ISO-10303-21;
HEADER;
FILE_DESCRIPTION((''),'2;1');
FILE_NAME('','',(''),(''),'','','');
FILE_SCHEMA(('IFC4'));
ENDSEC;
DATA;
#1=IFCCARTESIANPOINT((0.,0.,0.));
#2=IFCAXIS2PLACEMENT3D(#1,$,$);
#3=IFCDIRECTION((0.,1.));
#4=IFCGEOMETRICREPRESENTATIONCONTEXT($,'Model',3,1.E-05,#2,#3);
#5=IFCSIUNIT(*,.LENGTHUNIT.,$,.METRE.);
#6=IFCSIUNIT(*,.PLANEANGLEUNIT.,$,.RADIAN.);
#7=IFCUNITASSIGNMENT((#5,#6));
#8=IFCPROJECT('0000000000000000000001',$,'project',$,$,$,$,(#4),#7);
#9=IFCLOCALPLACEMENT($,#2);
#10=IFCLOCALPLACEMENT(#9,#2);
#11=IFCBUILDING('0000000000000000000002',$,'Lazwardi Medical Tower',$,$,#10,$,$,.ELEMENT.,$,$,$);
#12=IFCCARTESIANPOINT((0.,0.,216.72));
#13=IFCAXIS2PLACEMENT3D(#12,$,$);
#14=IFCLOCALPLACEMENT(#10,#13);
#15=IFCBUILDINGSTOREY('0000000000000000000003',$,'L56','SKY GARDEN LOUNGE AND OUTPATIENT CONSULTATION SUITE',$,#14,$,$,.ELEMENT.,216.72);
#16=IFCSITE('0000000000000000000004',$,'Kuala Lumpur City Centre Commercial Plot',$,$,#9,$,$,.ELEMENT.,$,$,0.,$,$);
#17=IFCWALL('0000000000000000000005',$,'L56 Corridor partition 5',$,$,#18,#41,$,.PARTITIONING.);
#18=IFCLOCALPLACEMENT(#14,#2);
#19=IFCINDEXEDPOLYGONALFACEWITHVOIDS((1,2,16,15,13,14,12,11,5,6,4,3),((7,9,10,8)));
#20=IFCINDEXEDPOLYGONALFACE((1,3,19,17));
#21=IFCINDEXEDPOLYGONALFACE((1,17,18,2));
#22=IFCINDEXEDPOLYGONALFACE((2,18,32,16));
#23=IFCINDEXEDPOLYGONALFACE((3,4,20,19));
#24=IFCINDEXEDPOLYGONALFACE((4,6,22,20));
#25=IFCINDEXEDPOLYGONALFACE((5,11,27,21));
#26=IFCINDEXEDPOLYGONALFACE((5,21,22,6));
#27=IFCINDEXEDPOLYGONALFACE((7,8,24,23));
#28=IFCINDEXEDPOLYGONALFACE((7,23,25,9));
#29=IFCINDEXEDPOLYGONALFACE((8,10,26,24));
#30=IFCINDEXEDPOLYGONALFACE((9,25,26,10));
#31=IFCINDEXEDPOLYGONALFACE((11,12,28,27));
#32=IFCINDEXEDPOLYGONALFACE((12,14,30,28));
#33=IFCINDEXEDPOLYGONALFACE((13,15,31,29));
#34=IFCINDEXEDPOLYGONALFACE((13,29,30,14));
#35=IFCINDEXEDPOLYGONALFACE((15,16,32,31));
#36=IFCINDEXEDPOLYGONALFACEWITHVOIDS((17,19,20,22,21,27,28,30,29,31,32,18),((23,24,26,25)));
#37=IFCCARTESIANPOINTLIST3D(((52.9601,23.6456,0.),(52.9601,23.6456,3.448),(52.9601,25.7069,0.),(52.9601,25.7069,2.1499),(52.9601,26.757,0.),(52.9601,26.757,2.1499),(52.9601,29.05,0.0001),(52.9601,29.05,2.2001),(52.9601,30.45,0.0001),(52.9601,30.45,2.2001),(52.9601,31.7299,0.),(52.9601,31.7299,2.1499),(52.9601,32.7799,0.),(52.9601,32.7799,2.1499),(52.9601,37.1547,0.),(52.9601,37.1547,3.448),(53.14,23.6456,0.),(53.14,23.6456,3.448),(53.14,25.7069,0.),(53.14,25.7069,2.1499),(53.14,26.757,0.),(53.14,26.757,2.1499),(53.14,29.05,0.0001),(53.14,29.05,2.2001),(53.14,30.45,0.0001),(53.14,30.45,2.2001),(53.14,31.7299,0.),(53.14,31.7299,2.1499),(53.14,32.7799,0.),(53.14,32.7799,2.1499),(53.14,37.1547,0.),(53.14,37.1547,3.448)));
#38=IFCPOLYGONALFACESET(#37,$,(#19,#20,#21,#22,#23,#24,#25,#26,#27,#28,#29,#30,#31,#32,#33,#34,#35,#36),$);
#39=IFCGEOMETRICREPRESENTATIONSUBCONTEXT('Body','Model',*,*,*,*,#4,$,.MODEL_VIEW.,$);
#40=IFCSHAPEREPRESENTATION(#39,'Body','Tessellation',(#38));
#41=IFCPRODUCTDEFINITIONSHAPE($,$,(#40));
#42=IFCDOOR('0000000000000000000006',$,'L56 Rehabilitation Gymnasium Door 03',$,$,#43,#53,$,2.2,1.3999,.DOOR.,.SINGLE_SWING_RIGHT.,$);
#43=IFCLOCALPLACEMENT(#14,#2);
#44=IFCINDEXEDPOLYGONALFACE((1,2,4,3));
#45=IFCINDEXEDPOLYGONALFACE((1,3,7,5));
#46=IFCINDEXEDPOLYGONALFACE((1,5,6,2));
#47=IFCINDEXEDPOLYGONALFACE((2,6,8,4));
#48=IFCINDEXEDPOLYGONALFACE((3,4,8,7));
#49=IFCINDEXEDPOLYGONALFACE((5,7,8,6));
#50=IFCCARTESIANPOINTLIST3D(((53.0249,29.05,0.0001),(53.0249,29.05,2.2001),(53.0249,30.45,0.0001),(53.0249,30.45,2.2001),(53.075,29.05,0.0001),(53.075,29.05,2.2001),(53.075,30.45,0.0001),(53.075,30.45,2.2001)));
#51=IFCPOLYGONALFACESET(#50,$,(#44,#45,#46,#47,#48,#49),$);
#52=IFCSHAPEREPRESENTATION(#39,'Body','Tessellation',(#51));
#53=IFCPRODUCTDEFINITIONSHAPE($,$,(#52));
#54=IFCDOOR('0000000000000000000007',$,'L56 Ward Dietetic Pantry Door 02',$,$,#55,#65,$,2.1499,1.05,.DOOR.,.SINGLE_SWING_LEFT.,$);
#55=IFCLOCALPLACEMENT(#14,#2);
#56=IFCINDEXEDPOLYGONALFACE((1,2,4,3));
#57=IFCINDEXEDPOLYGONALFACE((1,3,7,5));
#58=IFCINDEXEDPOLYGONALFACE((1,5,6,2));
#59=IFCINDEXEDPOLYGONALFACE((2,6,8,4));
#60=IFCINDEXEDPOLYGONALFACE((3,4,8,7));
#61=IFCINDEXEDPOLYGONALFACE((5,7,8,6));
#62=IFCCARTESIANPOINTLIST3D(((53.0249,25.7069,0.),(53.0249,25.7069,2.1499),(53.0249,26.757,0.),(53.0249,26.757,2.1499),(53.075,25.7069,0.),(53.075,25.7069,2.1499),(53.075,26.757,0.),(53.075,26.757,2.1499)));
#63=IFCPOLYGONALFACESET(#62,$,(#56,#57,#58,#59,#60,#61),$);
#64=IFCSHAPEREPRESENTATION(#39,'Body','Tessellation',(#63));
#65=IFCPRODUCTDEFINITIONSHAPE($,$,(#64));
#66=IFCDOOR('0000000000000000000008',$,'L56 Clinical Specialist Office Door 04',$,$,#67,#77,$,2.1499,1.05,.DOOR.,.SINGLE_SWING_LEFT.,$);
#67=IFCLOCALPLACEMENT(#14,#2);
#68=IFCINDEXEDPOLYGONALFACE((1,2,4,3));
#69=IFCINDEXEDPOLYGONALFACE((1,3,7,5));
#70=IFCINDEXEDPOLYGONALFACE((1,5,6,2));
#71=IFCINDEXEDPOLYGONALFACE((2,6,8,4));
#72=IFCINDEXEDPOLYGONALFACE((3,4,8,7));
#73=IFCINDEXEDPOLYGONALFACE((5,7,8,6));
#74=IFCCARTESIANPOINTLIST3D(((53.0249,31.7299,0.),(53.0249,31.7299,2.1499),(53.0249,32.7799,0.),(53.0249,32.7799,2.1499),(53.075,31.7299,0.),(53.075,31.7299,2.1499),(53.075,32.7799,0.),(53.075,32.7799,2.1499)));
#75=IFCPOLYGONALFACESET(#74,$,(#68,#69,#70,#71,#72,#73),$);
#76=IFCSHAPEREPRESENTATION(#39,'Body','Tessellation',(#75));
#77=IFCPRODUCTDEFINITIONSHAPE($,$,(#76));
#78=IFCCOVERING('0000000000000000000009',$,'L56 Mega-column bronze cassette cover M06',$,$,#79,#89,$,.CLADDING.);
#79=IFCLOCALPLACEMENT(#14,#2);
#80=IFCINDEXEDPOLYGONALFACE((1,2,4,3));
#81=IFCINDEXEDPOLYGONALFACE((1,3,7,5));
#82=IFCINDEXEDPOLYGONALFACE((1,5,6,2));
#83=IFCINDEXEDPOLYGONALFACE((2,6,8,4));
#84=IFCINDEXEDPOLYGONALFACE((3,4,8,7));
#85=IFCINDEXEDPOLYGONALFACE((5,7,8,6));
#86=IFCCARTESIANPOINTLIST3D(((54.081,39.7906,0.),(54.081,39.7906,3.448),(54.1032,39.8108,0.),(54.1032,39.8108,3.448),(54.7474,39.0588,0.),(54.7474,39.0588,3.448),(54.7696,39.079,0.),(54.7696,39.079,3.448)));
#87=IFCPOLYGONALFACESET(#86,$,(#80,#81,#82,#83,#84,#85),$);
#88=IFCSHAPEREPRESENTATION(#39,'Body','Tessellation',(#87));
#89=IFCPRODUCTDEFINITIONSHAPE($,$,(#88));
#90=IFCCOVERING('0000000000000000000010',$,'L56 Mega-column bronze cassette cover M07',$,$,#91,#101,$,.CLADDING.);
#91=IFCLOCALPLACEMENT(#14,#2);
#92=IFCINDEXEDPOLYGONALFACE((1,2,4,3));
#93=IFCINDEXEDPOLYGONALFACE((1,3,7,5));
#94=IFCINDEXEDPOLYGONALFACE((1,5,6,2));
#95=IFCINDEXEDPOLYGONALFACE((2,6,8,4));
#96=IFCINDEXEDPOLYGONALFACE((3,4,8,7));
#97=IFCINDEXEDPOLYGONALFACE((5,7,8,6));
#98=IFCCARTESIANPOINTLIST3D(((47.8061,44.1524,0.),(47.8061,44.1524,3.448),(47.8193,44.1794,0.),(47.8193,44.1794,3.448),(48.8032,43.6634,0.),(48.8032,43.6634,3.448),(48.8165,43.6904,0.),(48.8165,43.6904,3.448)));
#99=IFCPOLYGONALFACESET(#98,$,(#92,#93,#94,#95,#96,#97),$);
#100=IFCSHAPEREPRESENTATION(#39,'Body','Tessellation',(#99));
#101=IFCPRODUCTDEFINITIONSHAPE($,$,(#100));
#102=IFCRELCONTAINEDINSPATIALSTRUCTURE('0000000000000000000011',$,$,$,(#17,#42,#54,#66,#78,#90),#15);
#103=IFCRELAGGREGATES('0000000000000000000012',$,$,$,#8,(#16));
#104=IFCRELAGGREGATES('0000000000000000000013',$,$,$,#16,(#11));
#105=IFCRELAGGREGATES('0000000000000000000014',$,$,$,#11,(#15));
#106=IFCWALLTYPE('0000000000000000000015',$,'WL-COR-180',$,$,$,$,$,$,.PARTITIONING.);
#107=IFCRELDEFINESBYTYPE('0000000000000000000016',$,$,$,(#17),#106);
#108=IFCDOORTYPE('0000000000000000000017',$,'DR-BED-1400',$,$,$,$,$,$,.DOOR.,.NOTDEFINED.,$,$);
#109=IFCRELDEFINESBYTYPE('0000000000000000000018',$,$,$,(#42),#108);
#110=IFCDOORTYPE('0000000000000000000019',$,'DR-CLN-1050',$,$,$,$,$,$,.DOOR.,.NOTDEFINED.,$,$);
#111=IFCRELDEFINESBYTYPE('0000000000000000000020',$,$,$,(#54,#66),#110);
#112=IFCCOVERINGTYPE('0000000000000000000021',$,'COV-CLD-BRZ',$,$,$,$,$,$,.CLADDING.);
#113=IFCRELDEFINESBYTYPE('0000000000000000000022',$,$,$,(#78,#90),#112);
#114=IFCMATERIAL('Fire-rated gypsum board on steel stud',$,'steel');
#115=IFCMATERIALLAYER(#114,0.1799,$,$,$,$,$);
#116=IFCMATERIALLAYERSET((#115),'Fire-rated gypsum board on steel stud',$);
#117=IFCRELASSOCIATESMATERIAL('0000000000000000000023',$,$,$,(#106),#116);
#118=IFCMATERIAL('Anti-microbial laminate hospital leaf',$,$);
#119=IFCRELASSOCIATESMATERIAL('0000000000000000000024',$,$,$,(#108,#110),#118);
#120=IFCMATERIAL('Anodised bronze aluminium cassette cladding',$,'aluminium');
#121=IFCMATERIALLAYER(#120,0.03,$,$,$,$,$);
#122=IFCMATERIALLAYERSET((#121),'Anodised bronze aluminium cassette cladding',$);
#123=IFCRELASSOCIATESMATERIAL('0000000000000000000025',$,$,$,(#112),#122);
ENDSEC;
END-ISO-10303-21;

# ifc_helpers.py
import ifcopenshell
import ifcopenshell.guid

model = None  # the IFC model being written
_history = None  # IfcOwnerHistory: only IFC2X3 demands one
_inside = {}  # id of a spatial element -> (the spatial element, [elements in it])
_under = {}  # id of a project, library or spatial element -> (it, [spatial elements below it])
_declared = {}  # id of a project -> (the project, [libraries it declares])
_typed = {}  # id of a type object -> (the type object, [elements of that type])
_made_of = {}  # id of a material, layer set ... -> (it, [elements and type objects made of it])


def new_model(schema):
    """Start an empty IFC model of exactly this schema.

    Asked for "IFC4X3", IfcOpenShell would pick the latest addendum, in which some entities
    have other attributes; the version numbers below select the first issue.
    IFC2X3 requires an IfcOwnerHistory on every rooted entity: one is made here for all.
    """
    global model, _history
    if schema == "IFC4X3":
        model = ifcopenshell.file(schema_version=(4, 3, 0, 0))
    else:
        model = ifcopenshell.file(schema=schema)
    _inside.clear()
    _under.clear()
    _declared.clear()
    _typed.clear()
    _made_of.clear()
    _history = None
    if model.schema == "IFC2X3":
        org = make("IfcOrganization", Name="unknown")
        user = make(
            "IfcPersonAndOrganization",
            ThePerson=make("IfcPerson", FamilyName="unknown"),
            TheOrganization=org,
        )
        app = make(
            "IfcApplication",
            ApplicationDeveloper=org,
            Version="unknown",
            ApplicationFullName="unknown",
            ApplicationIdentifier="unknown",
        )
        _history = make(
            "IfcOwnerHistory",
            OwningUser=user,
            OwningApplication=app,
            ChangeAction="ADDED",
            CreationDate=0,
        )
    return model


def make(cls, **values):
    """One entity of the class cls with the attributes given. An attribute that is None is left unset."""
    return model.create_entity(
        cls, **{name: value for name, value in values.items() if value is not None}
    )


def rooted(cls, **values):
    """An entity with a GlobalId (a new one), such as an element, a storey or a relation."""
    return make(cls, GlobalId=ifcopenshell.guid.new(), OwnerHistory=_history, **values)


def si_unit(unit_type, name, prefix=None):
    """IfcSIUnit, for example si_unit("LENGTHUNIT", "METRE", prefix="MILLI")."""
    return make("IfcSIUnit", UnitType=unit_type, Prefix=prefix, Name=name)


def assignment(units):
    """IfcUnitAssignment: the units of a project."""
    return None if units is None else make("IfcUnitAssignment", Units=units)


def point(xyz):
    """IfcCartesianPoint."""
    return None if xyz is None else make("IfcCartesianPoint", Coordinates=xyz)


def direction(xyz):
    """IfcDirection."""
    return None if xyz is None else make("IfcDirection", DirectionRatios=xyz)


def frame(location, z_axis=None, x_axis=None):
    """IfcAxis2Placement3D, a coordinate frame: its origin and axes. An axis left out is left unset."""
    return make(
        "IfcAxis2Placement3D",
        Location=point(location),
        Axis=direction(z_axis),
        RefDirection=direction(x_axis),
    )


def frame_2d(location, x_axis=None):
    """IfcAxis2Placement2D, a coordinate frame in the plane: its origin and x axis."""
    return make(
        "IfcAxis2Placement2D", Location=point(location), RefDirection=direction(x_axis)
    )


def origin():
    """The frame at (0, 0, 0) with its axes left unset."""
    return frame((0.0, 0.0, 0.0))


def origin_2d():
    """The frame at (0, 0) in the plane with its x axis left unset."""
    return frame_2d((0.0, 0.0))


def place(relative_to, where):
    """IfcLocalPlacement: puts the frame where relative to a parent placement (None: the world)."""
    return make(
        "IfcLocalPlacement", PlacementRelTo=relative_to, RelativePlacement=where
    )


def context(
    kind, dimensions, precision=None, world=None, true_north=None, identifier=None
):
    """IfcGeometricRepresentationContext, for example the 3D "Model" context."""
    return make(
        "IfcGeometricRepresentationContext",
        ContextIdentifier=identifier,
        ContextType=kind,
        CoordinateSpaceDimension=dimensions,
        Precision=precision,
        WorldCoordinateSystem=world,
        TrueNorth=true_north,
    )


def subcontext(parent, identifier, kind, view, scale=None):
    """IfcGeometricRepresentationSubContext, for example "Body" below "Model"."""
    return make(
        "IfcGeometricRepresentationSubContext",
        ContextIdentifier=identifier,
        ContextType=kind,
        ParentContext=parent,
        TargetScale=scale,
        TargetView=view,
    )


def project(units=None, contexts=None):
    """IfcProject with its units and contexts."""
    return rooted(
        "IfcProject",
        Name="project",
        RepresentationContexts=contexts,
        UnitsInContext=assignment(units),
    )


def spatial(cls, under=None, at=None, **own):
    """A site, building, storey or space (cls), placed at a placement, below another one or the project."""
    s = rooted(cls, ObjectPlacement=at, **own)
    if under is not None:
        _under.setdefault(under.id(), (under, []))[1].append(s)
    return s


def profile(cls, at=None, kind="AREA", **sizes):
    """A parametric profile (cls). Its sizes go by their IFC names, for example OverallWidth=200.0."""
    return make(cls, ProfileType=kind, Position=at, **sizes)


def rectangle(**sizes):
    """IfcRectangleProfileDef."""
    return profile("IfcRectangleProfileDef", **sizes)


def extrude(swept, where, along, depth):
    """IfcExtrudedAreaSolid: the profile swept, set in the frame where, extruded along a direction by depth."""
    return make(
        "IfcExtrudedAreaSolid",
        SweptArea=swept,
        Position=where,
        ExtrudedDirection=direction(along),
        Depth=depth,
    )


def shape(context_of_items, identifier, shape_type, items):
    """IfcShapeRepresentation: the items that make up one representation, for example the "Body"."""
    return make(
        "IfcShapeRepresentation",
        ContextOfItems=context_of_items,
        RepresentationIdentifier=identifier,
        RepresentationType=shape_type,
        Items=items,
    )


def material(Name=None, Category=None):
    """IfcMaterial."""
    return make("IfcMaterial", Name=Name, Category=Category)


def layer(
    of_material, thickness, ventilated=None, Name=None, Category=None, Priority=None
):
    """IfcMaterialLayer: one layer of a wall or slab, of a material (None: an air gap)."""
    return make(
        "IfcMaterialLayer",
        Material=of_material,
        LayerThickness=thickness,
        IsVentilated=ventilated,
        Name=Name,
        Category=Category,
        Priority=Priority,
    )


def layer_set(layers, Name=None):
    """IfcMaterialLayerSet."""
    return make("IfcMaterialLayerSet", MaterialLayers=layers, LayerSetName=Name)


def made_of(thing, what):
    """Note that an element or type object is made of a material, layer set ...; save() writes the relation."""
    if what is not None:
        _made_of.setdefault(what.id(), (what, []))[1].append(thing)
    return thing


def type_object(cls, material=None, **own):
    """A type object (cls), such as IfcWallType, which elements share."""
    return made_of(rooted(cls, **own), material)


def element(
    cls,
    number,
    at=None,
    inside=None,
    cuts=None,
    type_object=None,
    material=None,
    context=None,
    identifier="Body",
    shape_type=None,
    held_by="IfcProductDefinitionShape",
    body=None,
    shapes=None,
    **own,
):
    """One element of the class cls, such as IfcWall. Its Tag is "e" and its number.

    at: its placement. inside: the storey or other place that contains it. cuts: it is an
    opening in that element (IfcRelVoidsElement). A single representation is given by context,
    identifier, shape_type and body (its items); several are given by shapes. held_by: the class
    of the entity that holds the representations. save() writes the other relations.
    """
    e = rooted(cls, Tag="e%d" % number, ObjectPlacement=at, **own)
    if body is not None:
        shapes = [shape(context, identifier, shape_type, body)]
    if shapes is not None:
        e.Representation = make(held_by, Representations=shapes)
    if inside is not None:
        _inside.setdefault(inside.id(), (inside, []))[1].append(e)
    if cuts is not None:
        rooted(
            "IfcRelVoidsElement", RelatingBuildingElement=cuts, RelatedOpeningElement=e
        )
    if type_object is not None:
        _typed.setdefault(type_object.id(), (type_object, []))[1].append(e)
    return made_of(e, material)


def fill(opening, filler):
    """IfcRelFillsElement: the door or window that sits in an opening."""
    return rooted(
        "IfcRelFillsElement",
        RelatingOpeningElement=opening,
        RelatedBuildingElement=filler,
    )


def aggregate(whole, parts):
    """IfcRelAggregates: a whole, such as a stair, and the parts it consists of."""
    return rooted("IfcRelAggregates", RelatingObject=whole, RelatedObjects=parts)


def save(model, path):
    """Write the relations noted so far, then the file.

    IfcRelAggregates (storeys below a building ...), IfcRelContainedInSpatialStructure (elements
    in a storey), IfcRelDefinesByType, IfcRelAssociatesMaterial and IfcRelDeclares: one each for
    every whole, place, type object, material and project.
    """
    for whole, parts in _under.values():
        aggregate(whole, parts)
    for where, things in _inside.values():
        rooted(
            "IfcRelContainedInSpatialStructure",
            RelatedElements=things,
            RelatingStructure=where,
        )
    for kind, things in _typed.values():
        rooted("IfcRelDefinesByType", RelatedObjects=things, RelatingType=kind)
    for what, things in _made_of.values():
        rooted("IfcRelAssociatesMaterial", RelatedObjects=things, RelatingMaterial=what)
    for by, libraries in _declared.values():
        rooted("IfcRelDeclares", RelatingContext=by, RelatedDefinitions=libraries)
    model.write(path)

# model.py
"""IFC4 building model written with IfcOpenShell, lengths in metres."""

from ifc_helpers import new_model, si_unit, direction, frame, frame_2d, origin, origin_2d, place, context, subcontext, project, spatial, rectangle, extrude, material, layer, layer_set, type_object, element, fill, save


model = new_model("IFC4")

# Units and contexts
model_context = context("Model", 3, precision=1e-05, world=origin(), true_north=direction((0.0, 1.0)))
body_context = subcontext(model_context, "Body", "Model", "MODEL_VIEW")
ifc_project = project(units=[si_unit("LENGTHUNIT", "METRE"), si_unit("PLANEANGLEUNIT", "RADIAN")], contexts=[model_context])

# Site, building, storey
site_placement = place(None, origin())
site = spatial("IfcSite", under=ifc_project, at=site_placement, Name="Kuala Lumpur City Centre Commercial Plot", CompositionType="ELEMENT", RefElevation=0.0)
building_placement = place(site_placement, origin())
building = spatial("IfcBuilding", under=site, at=building_placement, Name="Lazwardi Medical Tower", CompositionType="ELEMENT")
storey_placement = place(building_placement, frame((0.0, 0.0, 216.72)))
storey = spatial("IfcBuildingStorey", under=building, at=storey_placement, Name="L56", Description="SKY GARDEN LOUNGE AND OUTPATIENT CONSULTATION SUITE", CompositionType="ELEMENT", Elevation=216.72)

# Shared definitions
ifc_material_1 = material(Name="Fire-rated gypsum board on steel stud", Category="steel")
ifc_layer_1 = layer(ifc_material_1, 0.1799)
ifc_layer_set_1 = layer_set([ifc_layer_1], Name="Fire-rated gypsum board on steel stud")
wall_type = type_object("IfcWallType", Name="WL-COR-180", PredefinedType="PARTITIONING", material=ifc_layer_set_1)

# Wall, openings, doors
wall_1_placement = place(storey_placement, frame((53.05, 37.1545, 0.0), z_axis=(0.0, 0.0, 1.0), x_axis=(0.0, -1.0, 0.0)))
wall_1 = element("IfcWall", 1, at=wall_1_placement, inside=storey, type_object=wall_type, Name="L56 Corridor partition 5", PredefinedType="PARTITIONING", context=body_context, shape_type="SweptSolid", body=[
    extrude(rectangle(XDim=13.509, YDim=0.1799, at=frame_2d((6.7544, 0.0))), origin(), (0.0, 0.0, 1.0), 3.448),
])
opening_1_placement = place(wall_1_placement, frame((10.3977, 0.0, 0.0)))
opening_1 = element("IfcOpeningElement", 2, at=opening_1_placement, cuts=wall_1, PredefinedType="OPENING", context=body_context, shape_type="SweptSolid", body=[
    extrude(rectangle(XDim=1.05, YDim=2.1499, at=frame_2d((0.5249, 1.075))), frame((0.0, 0.0999, 0.0), z_axis=(0.0, -1.0, 0.0), x_axis=(1.0, 0.0, 0.0)), (0.0, 0.0, 1.0), 0.2),
])
opening_2_placement = place(wall_1_placement, frame((6.7046, 0.0, 0.0)))
opening_2 = element("IfcOpeningElement", 3, at=opening_2_placement, cuts=wall_1, PredefinedType="OPENING", context=body_context, shape_type="SweptSolid", body=[
    extrude(rectangle(XDim=1.3999, YDim=2.2, at=frame_2d((0.7, 1.1001))), frame((0.0, 0.0999, 0.0), z_axis=(0.0, -1.0, 0.0), x_axis=(1.0, 0.0, 0.0)), (0.0, 0.0, 1.0), 0.2),
])
opening_3_placement = place(wall_1_placement, frame((4.3748, 0.0, 0.0)))
opening_3 = element("IfcOpeningElement", 4, at=opening_3_placement, cuts=wall_1, PredefinedType="OPENING", context=body_context, shape_type="SweptSolid", body=[
    extrude(rectangle(XDim=1.05, YDim=2.1499, at=frame_2d((0.5249, 1.075))), frame((0.0, 0.0999, 0.0), z_axis=(0.0, -1.0, 0.0), x_axis=(1.0, 0.0, 0.0)), (0.0, 0.0, 1.0), 0.2),
])
ifc_material_2 = material(Name="Anti-microbial laminate hospital leaf")
door_type_1 = type_object("IfcDoorType", Name="DR-BED-1400", OperationType="NOTDEFINED", PredefinedType="DOOR", material=ifc_material_2)
door_1_placement = place(opening_2_placement, origin())
door_1 = element("IfcDoor", 5, at=door_1_placement, inside=storey, type_object=door_type_1, Name="L56 Rehabilitation Gymnasium Door 03", OperationType="SINGLE_SWING_RIGHT", OverallHeight=2.2, OverallWidth=1.3999, PredefinedType="DOOR", context=body_context, shape_type="SweptSolid", body=[
    extrude(rectangle(XDim=1.3999, YDim=2.2, at=frame_2d((0.7, 1.1001))), frame((0.0, 0.0249, 0.0), z_axis=(0.0, -1.0, 0.0), x_axis=(1.0, 0.0, 0.0)), (0.0, 0.0, 1.0), 0.05),
])
fill(opening_2, door_1)
door_type_2 = type_object("IfcDoorType", Name="DR-CLN-1050", OperationType="NOTDEFINED", PredefinedType="DOOR", material=ifc_material_2)
door_2_placement = place(opening_1_placement, origin())
door_2 = element("IfcDoor", 6, at=door_2_placement, inside=storey, type_object=door_type_2, Name="L56 Ward Dietetic Pantry Door 02", OperationType="SINGLE_SWING_LEFT", OverallHeight=2.1499, OverallWidth=1.05, PredefinedType="DOOR", context=body_context, shape_type="SweptSolid", body=[
    extrude(rectangle(XDim=1.05, YDim=2.1499, at=frame_2d((0.5249, 1.075))), frame((0.0, 0.0249, 0.0), z_axis=(0.0, -1.0, 0.0), x_axis=(1.0, 0.0, 0.0)), (0.0, 0.0, 1.0), 0.05),
])
fill(opening_1, door_2)
door_3_placement = place(opening_3_placement, origin())
door_3 = element("IfcDoor", 7, at=door_3_placement, inside=storey, type_object=door_type_2, Name="L56 Clinical Specialist Office Door 04", OperationType="SINGLE_SWING_LEFT", OverallHeight=2.1499, OverallWidth=1.05, PredefinedType="DOOR", context=body_context, shape_type="SweptSolid", body=[
    extrude(rectangle(XDim=1.05, YDim=2.1499, at=frame_2d((0.5249, 1.075))), frame((0.0, 0.0249, 0.0), z_axis=(0.0, -1.0, 0.0), x_axis=(1.0, 0.0, 0.0)), (0.0, 0.0, 1.0), 0.05),
])
fill(opening_3, door_3)

# Coverings
ifc_material_3 = material(Name="Anodised bronze aluminium cassette cladding", Category="aluminium")
ifc_layer_2 = layer(ifc_material_3, 0.03)
ifc_layer_set_2 = layer_set([ifc_layer_2], Name="Anodised bronze aluminium cassette cladding")
covering_type = type_object("IfcCoveringType", Name="COV-CLD-BRZ", PredefinedType="CLADDING", material=ifc_layer_set_2)
covering_1_placement = place(storey_placement, frame((54.4253, 39.4348, 0.0), z_axis=(0.0, 0.0, 1.0), x_axis=(-0.673241, 0.739423, 0.0)))
element("IfcCovering", 8, at=covering_1_placement, inside=storey, type_object=covering_type, Name="L56 Mega-column bronze cassette cover M06", PredefinedType="CLADDING", context=body_context, shape_type="SweptSolid", body=[
    extrude(rectangle(XDim=0.9897, YDim=0.03, at=origin_2d()), origin(), (0.0, 0.0, 1.0), 3.448),
])
covering_2_placement = place(storey_placement, frame((48.3113, 43.9214, 0.0), z_axis=(0.0, 0.0, 1.0), x_axis=(-0.89784, 0.440322, 0.0)))
element("IfcCovering", 9, at=covering_2_placement, inside=storey, type_object=covering_type, Name="L56 Mega-column bronze cassette cover M07", PredefinedType="CLADDING", context=body_context, shape_type="SweptSolid", body=[
    extrude(rectangle(XDim=1.1106, YDim=0.03, at=origin_2d()), origin(), (0.0, 0.0, 1.0), 3.448),
])

save(model, "model.ifc")
